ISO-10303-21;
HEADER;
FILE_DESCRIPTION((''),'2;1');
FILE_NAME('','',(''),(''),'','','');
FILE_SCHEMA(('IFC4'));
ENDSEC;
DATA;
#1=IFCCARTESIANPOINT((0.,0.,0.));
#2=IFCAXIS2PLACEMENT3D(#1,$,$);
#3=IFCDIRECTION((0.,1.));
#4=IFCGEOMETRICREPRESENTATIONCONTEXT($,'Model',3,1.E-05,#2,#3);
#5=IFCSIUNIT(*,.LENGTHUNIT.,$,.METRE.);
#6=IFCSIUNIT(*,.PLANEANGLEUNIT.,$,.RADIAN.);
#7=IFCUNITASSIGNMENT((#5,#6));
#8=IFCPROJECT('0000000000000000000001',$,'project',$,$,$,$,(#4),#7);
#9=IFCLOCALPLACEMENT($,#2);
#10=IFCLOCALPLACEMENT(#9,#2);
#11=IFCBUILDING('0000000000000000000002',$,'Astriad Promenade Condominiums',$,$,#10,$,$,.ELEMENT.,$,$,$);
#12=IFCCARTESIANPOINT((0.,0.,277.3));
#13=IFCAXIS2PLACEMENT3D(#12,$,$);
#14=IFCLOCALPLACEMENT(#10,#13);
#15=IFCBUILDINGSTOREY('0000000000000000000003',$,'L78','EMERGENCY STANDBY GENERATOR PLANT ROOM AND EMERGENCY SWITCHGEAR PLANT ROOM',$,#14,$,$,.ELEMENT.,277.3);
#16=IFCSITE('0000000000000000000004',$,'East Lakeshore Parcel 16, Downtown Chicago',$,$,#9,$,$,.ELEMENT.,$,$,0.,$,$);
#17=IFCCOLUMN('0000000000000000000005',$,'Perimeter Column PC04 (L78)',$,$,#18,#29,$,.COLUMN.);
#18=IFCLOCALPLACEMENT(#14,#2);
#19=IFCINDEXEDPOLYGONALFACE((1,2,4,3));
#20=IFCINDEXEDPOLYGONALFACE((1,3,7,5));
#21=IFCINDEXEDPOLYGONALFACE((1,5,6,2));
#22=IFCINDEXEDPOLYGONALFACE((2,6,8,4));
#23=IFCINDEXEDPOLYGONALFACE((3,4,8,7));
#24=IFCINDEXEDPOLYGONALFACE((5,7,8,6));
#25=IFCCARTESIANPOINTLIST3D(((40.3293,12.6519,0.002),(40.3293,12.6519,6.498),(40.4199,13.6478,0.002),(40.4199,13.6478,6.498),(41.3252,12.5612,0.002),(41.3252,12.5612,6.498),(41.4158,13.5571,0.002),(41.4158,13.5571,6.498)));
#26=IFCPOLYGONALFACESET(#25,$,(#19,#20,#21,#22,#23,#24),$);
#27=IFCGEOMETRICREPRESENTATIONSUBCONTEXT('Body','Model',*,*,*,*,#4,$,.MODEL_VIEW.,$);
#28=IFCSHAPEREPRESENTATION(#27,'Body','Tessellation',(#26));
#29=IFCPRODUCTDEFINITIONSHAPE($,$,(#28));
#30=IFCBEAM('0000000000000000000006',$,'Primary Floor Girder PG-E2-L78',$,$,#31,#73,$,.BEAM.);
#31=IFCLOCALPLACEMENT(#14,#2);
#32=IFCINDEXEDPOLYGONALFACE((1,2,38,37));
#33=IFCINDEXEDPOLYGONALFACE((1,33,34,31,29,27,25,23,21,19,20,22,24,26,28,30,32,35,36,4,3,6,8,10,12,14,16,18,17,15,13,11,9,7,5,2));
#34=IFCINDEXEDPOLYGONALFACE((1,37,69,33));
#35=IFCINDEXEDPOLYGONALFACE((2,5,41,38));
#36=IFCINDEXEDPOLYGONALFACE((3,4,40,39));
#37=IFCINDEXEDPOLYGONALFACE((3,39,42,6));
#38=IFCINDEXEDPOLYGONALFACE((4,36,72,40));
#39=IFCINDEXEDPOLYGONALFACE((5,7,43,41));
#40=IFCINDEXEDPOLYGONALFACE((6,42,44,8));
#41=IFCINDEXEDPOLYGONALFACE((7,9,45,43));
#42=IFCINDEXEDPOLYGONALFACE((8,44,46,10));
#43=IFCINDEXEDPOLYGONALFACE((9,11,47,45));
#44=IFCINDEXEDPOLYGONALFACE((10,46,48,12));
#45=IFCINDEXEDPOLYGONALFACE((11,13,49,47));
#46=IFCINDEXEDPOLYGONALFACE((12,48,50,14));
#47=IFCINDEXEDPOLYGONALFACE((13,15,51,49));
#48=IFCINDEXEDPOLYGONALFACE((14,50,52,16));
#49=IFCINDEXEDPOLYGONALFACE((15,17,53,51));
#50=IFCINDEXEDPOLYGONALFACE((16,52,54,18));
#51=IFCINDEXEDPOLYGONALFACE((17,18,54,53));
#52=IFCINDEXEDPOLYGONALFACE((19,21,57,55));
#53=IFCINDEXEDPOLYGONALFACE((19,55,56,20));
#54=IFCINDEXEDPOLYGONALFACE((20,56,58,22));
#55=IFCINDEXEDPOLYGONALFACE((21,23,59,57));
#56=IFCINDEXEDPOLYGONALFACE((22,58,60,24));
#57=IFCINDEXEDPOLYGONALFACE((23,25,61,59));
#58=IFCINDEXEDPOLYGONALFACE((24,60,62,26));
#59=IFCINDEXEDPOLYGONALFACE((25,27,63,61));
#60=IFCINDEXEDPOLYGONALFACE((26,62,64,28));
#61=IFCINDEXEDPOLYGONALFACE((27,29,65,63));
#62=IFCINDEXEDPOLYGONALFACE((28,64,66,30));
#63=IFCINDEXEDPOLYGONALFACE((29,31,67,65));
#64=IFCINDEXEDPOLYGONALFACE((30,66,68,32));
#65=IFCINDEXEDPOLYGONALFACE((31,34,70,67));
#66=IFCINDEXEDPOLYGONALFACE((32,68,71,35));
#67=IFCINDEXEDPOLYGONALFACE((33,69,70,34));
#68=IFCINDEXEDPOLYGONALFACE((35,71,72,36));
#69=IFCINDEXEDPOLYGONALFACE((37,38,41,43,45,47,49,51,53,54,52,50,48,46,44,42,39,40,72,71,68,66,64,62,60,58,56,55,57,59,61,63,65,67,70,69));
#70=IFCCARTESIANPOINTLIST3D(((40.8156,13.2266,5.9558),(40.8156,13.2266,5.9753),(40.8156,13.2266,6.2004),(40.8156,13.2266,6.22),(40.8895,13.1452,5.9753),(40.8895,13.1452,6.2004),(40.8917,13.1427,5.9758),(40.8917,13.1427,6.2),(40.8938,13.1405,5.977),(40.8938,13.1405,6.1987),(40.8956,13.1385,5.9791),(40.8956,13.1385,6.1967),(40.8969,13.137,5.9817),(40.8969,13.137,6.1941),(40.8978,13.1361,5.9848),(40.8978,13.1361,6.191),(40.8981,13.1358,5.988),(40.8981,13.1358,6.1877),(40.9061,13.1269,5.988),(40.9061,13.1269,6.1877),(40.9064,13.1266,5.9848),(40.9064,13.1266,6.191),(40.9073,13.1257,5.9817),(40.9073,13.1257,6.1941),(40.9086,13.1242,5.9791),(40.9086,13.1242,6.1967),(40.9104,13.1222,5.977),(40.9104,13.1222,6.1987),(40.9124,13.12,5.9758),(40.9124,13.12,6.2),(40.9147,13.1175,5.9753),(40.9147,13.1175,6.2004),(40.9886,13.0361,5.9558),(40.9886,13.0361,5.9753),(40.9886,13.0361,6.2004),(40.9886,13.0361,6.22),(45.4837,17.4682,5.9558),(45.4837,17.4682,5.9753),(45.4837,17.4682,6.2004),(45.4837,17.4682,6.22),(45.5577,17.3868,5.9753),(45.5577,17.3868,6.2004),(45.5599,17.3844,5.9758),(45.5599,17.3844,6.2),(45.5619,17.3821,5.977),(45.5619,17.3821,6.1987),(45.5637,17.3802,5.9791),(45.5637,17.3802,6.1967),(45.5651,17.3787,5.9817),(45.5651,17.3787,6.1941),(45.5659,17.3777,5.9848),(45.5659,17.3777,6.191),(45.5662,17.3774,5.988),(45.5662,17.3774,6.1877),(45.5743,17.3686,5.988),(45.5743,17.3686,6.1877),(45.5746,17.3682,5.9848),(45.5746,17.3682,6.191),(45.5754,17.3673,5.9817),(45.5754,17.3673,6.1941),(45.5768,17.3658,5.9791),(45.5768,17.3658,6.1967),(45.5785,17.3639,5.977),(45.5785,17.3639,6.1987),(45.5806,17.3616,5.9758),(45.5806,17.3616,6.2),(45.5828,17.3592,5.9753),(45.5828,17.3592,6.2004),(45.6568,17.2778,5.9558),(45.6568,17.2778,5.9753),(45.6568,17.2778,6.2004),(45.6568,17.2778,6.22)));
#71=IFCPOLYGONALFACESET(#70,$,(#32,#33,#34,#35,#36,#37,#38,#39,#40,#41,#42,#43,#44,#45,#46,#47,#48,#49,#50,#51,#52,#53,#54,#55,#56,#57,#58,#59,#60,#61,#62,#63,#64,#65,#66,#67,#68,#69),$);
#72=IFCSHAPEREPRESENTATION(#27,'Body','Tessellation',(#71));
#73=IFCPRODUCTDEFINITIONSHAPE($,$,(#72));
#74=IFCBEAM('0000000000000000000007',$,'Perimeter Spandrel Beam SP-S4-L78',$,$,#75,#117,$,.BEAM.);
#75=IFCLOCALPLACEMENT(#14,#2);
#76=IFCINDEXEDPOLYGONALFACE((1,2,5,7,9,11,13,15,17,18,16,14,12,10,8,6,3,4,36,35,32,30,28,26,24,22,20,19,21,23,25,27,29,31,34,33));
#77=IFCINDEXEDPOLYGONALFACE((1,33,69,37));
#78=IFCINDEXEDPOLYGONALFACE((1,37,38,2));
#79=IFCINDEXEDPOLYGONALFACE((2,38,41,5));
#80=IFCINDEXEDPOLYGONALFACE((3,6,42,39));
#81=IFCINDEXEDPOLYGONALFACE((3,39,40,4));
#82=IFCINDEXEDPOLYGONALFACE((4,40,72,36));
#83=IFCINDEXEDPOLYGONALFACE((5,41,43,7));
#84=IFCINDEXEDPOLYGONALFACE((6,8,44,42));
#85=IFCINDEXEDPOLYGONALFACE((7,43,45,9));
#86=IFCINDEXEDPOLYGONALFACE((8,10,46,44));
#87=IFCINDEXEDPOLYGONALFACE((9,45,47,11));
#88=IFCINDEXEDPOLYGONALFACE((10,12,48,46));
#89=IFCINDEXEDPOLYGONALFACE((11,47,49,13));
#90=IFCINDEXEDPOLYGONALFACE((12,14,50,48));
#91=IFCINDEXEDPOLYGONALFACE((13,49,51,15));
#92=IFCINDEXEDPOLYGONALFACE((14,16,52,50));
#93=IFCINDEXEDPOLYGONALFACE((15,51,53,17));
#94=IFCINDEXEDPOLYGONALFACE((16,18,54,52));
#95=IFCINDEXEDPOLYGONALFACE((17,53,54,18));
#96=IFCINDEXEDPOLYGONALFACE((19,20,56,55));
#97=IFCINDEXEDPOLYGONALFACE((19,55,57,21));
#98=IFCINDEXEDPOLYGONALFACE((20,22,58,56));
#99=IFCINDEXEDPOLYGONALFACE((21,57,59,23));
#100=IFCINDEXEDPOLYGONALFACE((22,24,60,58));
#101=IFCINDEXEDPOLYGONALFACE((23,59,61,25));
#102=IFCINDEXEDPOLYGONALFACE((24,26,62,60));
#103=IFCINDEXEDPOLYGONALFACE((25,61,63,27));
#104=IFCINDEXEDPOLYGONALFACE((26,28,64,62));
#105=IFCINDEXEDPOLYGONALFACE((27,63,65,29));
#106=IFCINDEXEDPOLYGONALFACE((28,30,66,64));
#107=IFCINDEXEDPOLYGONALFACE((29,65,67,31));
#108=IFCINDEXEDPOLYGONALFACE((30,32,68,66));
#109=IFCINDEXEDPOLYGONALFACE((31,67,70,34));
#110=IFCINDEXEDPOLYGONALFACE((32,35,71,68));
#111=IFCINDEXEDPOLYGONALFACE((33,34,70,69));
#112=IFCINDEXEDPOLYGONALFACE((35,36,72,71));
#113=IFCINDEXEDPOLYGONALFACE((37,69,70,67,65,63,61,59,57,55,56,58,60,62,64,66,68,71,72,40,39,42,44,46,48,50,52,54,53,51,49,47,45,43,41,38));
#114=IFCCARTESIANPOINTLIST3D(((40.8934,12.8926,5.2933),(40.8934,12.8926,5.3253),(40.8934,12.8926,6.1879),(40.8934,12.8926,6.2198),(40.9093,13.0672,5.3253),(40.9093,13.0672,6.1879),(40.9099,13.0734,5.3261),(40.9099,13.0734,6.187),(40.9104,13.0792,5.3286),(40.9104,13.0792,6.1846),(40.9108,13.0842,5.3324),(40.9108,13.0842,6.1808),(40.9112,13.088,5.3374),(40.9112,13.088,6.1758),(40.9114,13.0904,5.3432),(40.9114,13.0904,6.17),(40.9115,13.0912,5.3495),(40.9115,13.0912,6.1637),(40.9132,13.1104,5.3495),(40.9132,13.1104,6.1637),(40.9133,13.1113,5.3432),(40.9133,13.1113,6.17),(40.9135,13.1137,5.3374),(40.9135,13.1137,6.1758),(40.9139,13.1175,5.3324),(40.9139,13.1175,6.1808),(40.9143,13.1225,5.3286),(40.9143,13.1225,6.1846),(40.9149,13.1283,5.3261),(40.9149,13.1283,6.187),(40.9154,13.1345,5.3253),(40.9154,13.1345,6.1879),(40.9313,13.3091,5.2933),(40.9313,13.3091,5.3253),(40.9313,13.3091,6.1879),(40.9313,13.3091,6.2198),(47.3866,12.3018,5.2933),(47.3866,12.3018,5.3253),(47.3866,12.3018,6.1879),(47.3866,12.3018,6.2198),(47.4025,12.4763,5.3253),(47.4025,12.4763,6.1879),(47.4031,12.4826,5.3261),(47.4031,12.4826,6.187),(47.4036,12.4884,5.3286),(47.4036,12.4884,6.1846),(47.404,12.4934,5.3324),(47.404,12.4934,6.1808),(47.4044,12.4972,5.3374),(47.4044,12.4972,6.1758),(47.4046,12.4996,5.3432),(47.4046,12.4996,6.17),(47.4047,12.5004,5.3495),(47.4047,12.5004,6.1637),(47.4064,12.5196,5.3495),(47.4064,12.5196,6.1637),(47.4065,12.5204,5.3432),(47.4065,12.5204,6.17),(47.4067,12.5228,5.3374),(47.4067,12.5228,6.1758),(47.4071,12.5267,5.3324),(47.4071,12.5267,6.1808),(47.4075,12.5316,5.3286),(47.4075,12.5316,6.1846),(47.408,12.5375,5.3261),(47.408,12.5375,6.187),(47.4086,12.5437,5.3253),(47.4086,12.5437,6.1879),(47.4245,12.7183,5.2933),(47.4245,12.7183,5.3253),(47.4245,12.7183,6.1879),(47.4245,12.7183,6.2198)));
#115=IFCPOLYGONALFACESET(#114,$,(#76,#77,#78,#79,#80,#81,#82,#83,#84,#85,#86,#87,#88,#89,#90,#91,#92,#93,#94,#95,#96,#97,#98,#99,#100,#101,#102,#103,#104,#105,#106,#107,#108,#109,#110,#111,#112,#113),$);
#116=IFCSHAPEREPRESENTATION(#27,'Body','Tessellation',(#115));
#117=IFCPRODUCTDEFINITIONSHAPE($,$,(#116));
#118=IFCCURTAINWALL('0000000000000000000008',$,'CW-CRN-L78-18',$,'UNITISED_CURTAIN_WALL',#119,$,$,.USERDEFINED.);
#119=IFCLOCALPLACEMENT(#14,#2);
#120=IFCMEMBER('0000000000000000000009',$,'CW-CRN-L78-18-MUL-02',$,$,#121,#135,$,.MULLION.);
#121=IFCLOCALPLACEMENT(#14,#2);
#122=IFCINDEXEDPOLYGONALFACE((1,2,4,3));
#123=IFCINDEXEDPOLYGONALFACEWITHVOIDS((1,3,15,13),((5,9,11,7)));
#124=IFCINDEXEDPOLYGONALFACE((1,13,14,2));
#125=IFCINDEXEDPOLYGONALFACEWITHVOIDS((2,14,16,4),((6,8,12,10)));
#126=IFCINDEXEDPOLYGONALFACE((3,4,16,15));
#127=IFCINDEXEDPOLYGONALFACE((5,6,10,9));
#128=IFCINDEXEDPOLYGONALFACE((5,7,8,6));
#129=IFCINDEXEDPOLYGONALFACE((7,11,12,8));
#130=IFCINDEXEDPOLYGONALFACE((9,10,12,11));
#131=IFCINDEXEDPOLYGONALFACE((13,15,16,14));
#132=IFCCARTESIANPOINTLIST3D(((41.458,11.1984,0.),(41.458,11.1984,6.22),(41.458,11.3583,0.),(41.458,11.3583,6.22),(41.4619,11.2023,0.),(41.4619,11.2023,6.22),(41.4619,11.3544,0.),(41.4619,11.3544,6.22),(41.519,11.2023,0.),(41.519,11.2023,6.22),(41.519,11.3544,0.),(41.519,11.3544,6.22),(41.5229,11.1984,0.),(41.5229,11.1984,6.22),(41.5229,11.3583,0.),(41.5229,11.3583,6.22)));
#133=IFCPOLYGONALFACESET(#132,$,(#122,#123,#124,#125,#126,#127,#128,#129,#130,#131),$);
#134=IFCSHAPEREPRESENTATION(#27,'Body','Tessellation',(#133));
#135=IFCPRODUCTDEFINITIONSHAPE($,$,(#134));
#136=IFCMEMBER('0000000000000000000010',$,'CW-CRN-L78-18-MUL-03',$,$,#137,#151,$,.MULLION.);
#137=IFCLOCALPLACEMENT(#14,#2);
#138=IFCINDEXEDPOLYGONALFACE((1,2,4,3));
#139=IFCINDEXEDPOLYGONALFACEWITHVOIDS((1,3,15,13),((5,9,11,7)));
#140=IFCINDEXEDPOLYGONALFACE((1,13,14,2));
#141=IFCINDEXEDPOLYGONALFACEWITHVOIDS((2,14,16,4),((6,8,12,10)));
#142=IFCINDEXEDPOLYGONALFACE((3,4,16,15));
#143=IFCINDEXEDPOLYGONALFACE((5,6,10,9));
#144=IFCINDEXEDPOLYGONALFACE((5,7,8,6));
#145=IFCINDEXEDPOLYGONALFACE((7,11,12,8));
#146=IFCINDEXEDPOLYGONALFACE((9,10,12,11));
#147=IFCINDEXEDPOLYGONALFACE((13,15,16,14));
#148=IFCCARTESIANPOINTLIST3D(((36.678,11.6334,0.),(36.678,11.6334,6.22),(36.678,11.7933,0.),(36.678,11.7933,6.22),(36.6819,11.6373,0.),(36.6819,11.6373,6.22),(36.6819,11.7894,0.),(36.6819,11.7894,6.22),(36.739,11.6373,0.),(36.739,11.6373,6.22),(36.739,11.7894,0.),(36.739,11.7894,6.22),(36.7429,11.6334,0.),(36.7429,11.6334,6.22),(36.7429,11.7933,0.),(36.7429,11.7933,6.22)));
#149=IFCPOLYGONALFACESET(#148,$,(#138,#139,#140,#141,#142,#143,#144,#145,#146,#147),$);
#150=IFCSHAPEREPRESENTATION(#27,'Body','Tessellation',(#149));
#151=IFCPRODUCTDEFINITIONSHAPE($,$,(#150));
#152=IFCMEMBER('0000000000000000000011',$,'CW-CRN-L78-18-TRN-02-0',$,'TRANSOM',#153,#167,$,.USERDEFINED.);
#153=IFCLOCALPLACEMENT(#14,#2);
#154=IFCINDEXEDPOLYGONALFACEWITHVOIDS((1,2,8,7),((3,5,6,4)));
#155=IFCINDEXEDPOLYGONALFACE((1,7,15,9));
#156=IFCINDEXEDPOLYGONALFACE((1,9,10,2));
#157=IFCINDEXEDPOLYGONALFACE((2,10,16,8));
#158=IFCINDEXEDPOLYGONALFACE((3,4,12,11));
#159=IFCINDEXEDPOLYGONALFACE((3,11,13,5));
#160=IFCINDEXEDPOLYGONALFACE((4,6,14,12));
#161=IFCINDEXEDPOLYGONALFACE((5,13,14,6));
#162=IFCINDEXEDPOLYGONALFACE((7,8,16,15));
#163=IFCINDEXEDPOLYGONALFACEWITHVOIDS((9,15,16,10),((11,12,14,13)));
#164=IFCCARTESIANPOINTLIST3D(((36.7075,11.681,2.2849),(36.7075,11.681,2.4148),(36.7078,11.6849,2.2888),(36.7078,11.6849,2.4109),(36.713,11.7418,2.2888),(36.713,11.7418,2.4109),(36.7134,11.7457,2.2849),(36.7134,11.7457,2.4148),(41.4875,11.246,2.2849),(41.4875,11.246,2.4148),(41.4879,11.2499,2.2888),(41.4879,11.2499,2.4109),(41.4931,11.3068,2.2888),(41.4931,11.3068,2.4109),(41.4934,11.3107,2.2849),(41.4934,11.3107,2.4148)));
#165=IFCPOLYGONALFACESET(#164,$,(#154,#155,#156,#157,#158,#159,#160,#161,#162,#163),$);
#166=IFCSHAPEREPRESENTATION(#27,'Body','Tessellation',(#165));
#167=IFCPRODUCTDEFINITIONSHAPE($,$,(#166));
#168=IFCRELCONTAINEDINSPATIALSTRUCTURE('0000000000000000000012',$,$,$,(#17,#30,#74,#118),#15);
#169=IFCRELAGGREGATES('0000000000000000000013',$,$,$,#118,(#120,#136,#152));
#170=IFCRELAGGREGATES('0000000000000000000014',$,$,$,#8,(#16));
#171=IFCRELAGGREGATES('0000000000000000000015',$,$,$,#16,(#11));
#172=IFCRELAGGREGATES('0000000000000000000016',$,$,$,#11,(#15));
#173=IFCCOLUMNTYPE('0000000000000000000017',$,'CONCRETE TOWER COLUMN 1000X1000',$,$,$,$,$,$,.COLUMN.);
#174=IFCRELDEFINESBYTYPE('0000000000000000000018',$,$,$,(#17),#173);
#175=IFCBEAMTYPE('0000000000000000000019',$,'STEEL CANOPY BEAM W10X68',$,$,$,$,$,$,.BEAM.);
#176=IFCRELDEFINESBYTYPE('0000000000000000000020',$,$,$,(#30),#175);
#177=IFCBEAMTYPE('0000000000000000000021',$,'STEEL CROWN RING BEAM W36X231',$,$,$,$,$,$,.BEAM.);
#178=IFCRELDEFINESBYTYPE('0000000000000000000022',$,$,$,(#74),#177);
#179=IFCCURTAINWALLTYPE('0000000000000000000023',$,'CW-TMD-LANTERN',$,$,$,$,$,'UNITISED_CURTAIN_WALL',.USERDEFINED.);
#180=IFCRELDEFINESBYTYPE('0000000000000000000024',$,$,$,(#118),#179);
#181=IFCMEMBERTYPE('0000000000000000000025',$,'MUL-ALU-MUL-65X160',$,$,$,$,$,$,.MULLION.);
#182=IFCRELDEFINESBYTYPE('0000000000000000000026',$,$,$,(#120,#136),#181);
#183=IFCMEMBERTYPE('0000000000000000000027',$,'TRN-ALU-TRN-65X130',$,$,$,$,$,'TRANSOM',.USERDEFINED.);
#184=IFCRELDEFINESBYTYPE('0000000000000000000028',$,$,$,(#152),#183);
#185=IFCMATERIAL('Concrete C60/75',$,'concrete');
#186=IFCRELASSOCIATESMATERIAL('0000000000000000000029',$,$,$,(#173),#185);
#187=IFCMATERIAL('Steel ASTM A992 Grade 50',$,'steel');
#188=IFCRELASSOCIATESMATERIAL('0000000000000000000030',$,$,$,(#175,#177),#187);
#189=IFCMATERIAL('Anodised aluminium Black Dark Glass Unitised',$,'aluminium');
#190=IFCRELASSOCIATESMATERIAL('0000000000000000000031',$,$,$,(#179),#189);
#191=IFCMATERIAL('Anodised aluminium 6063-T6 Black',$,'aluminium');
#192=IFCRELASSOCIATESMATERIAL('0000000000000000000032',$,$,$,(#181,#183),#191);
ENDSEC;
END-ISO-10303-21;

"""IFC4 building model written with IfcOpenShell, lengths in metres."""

from ifc_helpers import new_model, si_unit, direction, frame, origin, origin_2d, place, context, subcontext, project, spatial, rectangle, hollow_rectangle, i_section, extrude, source, transform, mapped, material, material_profile, profile_set, type_object, type_shapes, element, aggregate, save


model = new_model("IFC4")

# Units and contexts
model_context = context("Model", 3, precision=1e-05, world=origin(), true_north=direction((0.0, 1.0)))
body_context = subcontext(model_context, "Body", "Model", "MODEL_VIEW")
ifc_project = project(units=[si_unit("LENGTHUNIT", "METRE"), si_unit("PLANEANGLEUNIT", "RADIAN")], contexts=[model_context])

# Site, building, storey
site_placement = place(None, origin())
site = spatial("IfcSite", under=ifc_project, at=site_placement, Name="East Lakeshore Parcel 16, Downtown Chicago", CompositionType="ELEMENT", RefElevation=0.0)
building_placement = place(site_placement, origin())
building = spatial("IfcBuilding", under=site, at=building_placement, Name="Astriad Promenade Condominiums", CompositionType="ELEMENT")
storey_placement = place(building_placement, frame((0.0, 0.0, 277.3)))
storey = spatial("IfcBuildingStorey", under=building, at=storey_placement, Name="L78", Description="EMERGENCY STANDBY GENERATOR PLANT ROOM AND EMERGENCY SWITCHGEAR PLANT ROOM", CompositionType="ELEMENT", Elevation=277.3)

# Column
ifc_material_1 = material(Name="Concrete C60/75", Category="concrete")
ifc_material_profile_1 = material_profile(ifc_material_1, rectangle(XDim=1.0, YDim=1.0, at=origin_2d()), Name="RC-COL-1000X1000")
ifc_profile_set_1 = profile_set([ifc_material_profile_1], Name="Concrete C60/75")
column_type = type_object("IfcColumnType", Name="CONCRETE TOWER COLUMN 1000X1000", PredefinedType="COLUMN", material=ifc_profile_set_1)
shared_shape_1 = source(origin(), body_context, "Body", "SweptSolid", [
    extrude(rectangle(XDim=1.0, YDim=1.0, at=origin_2d()), origin(), (0.0, 0.0, 1.0), 6.4961),
])
type_shapes(column_type, [shared_shape_1])
column_placement = place(storey_placement, frame((40.8726, 13.1045, 0.002), z_axis=(0.0, 0.0, 1.0), x_axis=(0.995884, -0.090633, 0.0)))
element("IfcColumn", 1, at=column_placement, inside=storey, type_object=column_type, Name="Perimeter Column PC04 (L78)", PredefinedType="COLUMN", context=body_context, shape_type="MappedRepresentation", body=[
    mapped(shared_shape_1, transform((0.0, 0.0, 0.0), scale=1.0)),
])

# Beams
ifc_material_2 = material(Name="Steel ASTM A992 Grade 50", Category="steel")
ifc_material_profile_2 = material_profile(ifc_material_2, i_section(OverallWidth=0.2573, OverallDepth=0.2642, WebThickness=0.012, FlangeThickness=0.0195, FilletRadius=0.0127, at=origin_2d()), Name="W10X68")
ifc_profile_set_2 = profile_set([ifc_material_profile_2], Name="Steel ASTM A992 Grade 50")
beam_type_1 = type_object("IfcBeamType", Name="STEEL CANOPY BEAM W10X68", PredefinedType="BEAM", material=ifc_profile_set_2)
shared_shape_2 = source(origin(), body_context, "Body", "SweptSolid", [
    extrude(i_section(OverallWidth=0.2573, OverallDepth=0.2642, WebThickness=0.012, FlangeThickness=0.0195, FilletRadius=0.0127, at=origin_2d()), origin(), (0.0, 0.0, 1.0), 6.3074),
])
type_shapes(beam_type_1, [shared_shape_2])
beam_1_placement = place(storey_placement, frame((40.9021, 13.1313, 6.0879), z_axis=(0.740108, 0.672488, 0.0), x_axis=(-0.672488, 0.740108, 0.0)))
element("IfcBeam", 2, at=beam_1_placement, inside=storey, type_object=beam_type_1, Name="Primary Floor Girder PG-E2-L78", PredefinedType="BEAM", context=body_context, shape_type="MappedRepresentation", body=[
    mapped(shared_shape_2, transform((0.0, 0.0, 0.0), scale=1.0)),
])
ifc_material_profile_3 = material_profile(ifc_material_2, i_section(OverallWidth=0.4182, OverallDepth=0.9265, WebThickness=0.0193, FlangeThickness=0.032, FilletRadius=0.0242, at=origin_2d()), Name="W36X231")
ifc_profile_set_3 = profile_set([ifc_material_profile_3], Name="Steel ASTM A992 Grade 50")
beam_type_2 = type_object("IfcBeamType", Name="STEEL CROWN RING BEAM W36X231", PredefinedType="BEAM", material=ifc_profile_set_3)
shared_shape_3 = source(origin(), body_context, "Body", "SweptSolid", [
    extrude(i_section(OverallWidth=0.4182, OverallDepth=0.9265, WebThickness=0.0193, FlangeThickness=0.032, FilletRadius=0.0242, at=origin_2d()), origin(), (0.0, 0.0, 1.0), 6.52),
])
type_shapes(beam_type_2, [shared_shape_3])
beam_2_placement = place(storey_placement, frame((40.9124, 13.1008, 5.7566), z_axis=(0.995886, -0.090617, 0.0), x_axis=(0.090617, 0.995886, 0.0)))
element("IfcBeam", 3, at=beam_2_placement, inside=storey, type_object=beam_type_2, Name="Perimeter Spandrel Beam SP-S4-L78", PredefinedType="BEAM", context=body_context, shape_type="MappedRepresentation", body=[
    mapped(shared_shape_3, transform((0.0, 0.0, 0.0), scale=1.0)),
])

# Curtain wall, members
ifc_material_3 = material(Name="Anodised aluminium Black Dark Glass Unitised", Category="aluminium")
curtain_wall_type = type_object("IfcCurtainWallType", Name="CW-TMD-LANTERN", ElementType="UNITISED_CURTAIN_WALL", PredefinedType="USERDEFINED", material=ifc_material_3)
curtain_wall_placement = place(storey_placement, origin())
curtain_wall = element("IfcCurtainWall", 4, at=curtain_wall_placement, inside=storey, type_object=curtain_wall_type, Name="CW-CRN-L78-18", ObjectType="UNITISED_CURTAIN_WALL", PredefinedType="USERDEFINED")
ifc_material_4 = material(Name="Anodised aluminium 6063-T6 Black", Category="aluminium")
ifc_material_profile_4 = material_profile(ifc_material_4, hollow_rectangle(XDim=0.0649, YDim=0.1599, WallThickness=0.0039, at=origin_2d()), Name="ALU-MUL-65X160")
ifc_profile_set_4 = profile_set([ifc_material_profile_4], Name="Anodised aluminium 6063-T6 Black")
member_type_1 = type_object("IfcMemberType", Name="MUL-ALU-MUL-65X160", PredefinedType="MULLION", material=ifc_profile_set_4)
shared_shape_4 = source(origin(), body_context, "Body", "SweptSolid", [
    extrude(hollow_rectangle(XDim=0.0649, YDim=0.1599, WallThickness=0.0039, at=origin_2d()), origin(), (0.0, 0.0, 1.0), 6.22),
])
type_shapes(member_type_1, [shared_shape_4])
member_1_placement = place(storey_placement, frame((41.4905, 11.2783, 0.0), z_axis=(0.0, 0.0, 1.0), x_axis=(1.0, 0.0, 0.0)))
member_1 = element("IfcMember", 5, at=member_1_placement, type_object=member_type_1, Name="CW-CRN-L78-18-MUL-02", PredefinedType="MULLION", context=body_context, shape_type="MappedRepresentation", body=[
    mapped(shared_shape_4, transform((0.0, 0.0, 0.0), scale=1.0)),
])
member_2_placement = place(storey_placement, frame((36.7104, 11.7134, 0.0), z_axis=(0.0, 0.0, 1.0), x_axis=(1.0, 0.0, 0.0)))
member_2 = element("IfcMember", 6, at=member_2_placement, type_object=member_type_1, Name="CW-CRN-L78-18-MUL-03", PredefinedType="MULLION", context=body_context, shape_type="MappedRepresentation", body=[
    mapped(shared_shape_4, transform((0.0, 0.0, 0.0), scale=1.0)),
])
ifc_material_profile_5 = material_profile(ifc_material_4, hollow_rectangle(XDim=0.0649, YDim=0.1299, WallThickness=0.0039, at=origin_2d()), Name="ALU-TRN-65X130")
ifc_profile_set_5 = profile_set([ifc_material_profile_5], Name="Anodised aluminium 6063-T6 Black")
member_type_2 = type_object("IfcMemberType", Name="TRN-ALU-TRN-65X130", ElementType="TRANSOM", PredefinedType="USERDEFINED", material=ifc_profile_set_5)
shared_shape_5 = source(origin(), body_context, "Body", "SweptSolid", [
    extrude(hollow_rectangle(XDim=0.0649, YDim=0.1299, WallThickness=0.0039, at=origin_2d()), origin(), (0.0, 0.0, 1.0), 4.7998),
])
member_3_placement = place(storey_placement, frame((41.4905, 11.2783, 2.3499), z_axis=(-0.995884, 0.090641, 0.0), x_axis=(-0.090641, -0.995884, 0.0)))
member_3 = element("IfcMember", 7, at=member_3_placement, type_object=member_type_2, Name="CW-CRN-L78-18-TRN-02-0", ObjectType="TRANSOM", PredefinedType="USERDEFINED", context=body_context, shape_type="MappedRepresentation", body=[
    mapped(shared_shape_5, transform((0.0, 0.0, 0.0), scale=1.0)),
])
aggregate(curtain_wall, [member_1, member_2, member_3])

save(model, "model.ifc")
